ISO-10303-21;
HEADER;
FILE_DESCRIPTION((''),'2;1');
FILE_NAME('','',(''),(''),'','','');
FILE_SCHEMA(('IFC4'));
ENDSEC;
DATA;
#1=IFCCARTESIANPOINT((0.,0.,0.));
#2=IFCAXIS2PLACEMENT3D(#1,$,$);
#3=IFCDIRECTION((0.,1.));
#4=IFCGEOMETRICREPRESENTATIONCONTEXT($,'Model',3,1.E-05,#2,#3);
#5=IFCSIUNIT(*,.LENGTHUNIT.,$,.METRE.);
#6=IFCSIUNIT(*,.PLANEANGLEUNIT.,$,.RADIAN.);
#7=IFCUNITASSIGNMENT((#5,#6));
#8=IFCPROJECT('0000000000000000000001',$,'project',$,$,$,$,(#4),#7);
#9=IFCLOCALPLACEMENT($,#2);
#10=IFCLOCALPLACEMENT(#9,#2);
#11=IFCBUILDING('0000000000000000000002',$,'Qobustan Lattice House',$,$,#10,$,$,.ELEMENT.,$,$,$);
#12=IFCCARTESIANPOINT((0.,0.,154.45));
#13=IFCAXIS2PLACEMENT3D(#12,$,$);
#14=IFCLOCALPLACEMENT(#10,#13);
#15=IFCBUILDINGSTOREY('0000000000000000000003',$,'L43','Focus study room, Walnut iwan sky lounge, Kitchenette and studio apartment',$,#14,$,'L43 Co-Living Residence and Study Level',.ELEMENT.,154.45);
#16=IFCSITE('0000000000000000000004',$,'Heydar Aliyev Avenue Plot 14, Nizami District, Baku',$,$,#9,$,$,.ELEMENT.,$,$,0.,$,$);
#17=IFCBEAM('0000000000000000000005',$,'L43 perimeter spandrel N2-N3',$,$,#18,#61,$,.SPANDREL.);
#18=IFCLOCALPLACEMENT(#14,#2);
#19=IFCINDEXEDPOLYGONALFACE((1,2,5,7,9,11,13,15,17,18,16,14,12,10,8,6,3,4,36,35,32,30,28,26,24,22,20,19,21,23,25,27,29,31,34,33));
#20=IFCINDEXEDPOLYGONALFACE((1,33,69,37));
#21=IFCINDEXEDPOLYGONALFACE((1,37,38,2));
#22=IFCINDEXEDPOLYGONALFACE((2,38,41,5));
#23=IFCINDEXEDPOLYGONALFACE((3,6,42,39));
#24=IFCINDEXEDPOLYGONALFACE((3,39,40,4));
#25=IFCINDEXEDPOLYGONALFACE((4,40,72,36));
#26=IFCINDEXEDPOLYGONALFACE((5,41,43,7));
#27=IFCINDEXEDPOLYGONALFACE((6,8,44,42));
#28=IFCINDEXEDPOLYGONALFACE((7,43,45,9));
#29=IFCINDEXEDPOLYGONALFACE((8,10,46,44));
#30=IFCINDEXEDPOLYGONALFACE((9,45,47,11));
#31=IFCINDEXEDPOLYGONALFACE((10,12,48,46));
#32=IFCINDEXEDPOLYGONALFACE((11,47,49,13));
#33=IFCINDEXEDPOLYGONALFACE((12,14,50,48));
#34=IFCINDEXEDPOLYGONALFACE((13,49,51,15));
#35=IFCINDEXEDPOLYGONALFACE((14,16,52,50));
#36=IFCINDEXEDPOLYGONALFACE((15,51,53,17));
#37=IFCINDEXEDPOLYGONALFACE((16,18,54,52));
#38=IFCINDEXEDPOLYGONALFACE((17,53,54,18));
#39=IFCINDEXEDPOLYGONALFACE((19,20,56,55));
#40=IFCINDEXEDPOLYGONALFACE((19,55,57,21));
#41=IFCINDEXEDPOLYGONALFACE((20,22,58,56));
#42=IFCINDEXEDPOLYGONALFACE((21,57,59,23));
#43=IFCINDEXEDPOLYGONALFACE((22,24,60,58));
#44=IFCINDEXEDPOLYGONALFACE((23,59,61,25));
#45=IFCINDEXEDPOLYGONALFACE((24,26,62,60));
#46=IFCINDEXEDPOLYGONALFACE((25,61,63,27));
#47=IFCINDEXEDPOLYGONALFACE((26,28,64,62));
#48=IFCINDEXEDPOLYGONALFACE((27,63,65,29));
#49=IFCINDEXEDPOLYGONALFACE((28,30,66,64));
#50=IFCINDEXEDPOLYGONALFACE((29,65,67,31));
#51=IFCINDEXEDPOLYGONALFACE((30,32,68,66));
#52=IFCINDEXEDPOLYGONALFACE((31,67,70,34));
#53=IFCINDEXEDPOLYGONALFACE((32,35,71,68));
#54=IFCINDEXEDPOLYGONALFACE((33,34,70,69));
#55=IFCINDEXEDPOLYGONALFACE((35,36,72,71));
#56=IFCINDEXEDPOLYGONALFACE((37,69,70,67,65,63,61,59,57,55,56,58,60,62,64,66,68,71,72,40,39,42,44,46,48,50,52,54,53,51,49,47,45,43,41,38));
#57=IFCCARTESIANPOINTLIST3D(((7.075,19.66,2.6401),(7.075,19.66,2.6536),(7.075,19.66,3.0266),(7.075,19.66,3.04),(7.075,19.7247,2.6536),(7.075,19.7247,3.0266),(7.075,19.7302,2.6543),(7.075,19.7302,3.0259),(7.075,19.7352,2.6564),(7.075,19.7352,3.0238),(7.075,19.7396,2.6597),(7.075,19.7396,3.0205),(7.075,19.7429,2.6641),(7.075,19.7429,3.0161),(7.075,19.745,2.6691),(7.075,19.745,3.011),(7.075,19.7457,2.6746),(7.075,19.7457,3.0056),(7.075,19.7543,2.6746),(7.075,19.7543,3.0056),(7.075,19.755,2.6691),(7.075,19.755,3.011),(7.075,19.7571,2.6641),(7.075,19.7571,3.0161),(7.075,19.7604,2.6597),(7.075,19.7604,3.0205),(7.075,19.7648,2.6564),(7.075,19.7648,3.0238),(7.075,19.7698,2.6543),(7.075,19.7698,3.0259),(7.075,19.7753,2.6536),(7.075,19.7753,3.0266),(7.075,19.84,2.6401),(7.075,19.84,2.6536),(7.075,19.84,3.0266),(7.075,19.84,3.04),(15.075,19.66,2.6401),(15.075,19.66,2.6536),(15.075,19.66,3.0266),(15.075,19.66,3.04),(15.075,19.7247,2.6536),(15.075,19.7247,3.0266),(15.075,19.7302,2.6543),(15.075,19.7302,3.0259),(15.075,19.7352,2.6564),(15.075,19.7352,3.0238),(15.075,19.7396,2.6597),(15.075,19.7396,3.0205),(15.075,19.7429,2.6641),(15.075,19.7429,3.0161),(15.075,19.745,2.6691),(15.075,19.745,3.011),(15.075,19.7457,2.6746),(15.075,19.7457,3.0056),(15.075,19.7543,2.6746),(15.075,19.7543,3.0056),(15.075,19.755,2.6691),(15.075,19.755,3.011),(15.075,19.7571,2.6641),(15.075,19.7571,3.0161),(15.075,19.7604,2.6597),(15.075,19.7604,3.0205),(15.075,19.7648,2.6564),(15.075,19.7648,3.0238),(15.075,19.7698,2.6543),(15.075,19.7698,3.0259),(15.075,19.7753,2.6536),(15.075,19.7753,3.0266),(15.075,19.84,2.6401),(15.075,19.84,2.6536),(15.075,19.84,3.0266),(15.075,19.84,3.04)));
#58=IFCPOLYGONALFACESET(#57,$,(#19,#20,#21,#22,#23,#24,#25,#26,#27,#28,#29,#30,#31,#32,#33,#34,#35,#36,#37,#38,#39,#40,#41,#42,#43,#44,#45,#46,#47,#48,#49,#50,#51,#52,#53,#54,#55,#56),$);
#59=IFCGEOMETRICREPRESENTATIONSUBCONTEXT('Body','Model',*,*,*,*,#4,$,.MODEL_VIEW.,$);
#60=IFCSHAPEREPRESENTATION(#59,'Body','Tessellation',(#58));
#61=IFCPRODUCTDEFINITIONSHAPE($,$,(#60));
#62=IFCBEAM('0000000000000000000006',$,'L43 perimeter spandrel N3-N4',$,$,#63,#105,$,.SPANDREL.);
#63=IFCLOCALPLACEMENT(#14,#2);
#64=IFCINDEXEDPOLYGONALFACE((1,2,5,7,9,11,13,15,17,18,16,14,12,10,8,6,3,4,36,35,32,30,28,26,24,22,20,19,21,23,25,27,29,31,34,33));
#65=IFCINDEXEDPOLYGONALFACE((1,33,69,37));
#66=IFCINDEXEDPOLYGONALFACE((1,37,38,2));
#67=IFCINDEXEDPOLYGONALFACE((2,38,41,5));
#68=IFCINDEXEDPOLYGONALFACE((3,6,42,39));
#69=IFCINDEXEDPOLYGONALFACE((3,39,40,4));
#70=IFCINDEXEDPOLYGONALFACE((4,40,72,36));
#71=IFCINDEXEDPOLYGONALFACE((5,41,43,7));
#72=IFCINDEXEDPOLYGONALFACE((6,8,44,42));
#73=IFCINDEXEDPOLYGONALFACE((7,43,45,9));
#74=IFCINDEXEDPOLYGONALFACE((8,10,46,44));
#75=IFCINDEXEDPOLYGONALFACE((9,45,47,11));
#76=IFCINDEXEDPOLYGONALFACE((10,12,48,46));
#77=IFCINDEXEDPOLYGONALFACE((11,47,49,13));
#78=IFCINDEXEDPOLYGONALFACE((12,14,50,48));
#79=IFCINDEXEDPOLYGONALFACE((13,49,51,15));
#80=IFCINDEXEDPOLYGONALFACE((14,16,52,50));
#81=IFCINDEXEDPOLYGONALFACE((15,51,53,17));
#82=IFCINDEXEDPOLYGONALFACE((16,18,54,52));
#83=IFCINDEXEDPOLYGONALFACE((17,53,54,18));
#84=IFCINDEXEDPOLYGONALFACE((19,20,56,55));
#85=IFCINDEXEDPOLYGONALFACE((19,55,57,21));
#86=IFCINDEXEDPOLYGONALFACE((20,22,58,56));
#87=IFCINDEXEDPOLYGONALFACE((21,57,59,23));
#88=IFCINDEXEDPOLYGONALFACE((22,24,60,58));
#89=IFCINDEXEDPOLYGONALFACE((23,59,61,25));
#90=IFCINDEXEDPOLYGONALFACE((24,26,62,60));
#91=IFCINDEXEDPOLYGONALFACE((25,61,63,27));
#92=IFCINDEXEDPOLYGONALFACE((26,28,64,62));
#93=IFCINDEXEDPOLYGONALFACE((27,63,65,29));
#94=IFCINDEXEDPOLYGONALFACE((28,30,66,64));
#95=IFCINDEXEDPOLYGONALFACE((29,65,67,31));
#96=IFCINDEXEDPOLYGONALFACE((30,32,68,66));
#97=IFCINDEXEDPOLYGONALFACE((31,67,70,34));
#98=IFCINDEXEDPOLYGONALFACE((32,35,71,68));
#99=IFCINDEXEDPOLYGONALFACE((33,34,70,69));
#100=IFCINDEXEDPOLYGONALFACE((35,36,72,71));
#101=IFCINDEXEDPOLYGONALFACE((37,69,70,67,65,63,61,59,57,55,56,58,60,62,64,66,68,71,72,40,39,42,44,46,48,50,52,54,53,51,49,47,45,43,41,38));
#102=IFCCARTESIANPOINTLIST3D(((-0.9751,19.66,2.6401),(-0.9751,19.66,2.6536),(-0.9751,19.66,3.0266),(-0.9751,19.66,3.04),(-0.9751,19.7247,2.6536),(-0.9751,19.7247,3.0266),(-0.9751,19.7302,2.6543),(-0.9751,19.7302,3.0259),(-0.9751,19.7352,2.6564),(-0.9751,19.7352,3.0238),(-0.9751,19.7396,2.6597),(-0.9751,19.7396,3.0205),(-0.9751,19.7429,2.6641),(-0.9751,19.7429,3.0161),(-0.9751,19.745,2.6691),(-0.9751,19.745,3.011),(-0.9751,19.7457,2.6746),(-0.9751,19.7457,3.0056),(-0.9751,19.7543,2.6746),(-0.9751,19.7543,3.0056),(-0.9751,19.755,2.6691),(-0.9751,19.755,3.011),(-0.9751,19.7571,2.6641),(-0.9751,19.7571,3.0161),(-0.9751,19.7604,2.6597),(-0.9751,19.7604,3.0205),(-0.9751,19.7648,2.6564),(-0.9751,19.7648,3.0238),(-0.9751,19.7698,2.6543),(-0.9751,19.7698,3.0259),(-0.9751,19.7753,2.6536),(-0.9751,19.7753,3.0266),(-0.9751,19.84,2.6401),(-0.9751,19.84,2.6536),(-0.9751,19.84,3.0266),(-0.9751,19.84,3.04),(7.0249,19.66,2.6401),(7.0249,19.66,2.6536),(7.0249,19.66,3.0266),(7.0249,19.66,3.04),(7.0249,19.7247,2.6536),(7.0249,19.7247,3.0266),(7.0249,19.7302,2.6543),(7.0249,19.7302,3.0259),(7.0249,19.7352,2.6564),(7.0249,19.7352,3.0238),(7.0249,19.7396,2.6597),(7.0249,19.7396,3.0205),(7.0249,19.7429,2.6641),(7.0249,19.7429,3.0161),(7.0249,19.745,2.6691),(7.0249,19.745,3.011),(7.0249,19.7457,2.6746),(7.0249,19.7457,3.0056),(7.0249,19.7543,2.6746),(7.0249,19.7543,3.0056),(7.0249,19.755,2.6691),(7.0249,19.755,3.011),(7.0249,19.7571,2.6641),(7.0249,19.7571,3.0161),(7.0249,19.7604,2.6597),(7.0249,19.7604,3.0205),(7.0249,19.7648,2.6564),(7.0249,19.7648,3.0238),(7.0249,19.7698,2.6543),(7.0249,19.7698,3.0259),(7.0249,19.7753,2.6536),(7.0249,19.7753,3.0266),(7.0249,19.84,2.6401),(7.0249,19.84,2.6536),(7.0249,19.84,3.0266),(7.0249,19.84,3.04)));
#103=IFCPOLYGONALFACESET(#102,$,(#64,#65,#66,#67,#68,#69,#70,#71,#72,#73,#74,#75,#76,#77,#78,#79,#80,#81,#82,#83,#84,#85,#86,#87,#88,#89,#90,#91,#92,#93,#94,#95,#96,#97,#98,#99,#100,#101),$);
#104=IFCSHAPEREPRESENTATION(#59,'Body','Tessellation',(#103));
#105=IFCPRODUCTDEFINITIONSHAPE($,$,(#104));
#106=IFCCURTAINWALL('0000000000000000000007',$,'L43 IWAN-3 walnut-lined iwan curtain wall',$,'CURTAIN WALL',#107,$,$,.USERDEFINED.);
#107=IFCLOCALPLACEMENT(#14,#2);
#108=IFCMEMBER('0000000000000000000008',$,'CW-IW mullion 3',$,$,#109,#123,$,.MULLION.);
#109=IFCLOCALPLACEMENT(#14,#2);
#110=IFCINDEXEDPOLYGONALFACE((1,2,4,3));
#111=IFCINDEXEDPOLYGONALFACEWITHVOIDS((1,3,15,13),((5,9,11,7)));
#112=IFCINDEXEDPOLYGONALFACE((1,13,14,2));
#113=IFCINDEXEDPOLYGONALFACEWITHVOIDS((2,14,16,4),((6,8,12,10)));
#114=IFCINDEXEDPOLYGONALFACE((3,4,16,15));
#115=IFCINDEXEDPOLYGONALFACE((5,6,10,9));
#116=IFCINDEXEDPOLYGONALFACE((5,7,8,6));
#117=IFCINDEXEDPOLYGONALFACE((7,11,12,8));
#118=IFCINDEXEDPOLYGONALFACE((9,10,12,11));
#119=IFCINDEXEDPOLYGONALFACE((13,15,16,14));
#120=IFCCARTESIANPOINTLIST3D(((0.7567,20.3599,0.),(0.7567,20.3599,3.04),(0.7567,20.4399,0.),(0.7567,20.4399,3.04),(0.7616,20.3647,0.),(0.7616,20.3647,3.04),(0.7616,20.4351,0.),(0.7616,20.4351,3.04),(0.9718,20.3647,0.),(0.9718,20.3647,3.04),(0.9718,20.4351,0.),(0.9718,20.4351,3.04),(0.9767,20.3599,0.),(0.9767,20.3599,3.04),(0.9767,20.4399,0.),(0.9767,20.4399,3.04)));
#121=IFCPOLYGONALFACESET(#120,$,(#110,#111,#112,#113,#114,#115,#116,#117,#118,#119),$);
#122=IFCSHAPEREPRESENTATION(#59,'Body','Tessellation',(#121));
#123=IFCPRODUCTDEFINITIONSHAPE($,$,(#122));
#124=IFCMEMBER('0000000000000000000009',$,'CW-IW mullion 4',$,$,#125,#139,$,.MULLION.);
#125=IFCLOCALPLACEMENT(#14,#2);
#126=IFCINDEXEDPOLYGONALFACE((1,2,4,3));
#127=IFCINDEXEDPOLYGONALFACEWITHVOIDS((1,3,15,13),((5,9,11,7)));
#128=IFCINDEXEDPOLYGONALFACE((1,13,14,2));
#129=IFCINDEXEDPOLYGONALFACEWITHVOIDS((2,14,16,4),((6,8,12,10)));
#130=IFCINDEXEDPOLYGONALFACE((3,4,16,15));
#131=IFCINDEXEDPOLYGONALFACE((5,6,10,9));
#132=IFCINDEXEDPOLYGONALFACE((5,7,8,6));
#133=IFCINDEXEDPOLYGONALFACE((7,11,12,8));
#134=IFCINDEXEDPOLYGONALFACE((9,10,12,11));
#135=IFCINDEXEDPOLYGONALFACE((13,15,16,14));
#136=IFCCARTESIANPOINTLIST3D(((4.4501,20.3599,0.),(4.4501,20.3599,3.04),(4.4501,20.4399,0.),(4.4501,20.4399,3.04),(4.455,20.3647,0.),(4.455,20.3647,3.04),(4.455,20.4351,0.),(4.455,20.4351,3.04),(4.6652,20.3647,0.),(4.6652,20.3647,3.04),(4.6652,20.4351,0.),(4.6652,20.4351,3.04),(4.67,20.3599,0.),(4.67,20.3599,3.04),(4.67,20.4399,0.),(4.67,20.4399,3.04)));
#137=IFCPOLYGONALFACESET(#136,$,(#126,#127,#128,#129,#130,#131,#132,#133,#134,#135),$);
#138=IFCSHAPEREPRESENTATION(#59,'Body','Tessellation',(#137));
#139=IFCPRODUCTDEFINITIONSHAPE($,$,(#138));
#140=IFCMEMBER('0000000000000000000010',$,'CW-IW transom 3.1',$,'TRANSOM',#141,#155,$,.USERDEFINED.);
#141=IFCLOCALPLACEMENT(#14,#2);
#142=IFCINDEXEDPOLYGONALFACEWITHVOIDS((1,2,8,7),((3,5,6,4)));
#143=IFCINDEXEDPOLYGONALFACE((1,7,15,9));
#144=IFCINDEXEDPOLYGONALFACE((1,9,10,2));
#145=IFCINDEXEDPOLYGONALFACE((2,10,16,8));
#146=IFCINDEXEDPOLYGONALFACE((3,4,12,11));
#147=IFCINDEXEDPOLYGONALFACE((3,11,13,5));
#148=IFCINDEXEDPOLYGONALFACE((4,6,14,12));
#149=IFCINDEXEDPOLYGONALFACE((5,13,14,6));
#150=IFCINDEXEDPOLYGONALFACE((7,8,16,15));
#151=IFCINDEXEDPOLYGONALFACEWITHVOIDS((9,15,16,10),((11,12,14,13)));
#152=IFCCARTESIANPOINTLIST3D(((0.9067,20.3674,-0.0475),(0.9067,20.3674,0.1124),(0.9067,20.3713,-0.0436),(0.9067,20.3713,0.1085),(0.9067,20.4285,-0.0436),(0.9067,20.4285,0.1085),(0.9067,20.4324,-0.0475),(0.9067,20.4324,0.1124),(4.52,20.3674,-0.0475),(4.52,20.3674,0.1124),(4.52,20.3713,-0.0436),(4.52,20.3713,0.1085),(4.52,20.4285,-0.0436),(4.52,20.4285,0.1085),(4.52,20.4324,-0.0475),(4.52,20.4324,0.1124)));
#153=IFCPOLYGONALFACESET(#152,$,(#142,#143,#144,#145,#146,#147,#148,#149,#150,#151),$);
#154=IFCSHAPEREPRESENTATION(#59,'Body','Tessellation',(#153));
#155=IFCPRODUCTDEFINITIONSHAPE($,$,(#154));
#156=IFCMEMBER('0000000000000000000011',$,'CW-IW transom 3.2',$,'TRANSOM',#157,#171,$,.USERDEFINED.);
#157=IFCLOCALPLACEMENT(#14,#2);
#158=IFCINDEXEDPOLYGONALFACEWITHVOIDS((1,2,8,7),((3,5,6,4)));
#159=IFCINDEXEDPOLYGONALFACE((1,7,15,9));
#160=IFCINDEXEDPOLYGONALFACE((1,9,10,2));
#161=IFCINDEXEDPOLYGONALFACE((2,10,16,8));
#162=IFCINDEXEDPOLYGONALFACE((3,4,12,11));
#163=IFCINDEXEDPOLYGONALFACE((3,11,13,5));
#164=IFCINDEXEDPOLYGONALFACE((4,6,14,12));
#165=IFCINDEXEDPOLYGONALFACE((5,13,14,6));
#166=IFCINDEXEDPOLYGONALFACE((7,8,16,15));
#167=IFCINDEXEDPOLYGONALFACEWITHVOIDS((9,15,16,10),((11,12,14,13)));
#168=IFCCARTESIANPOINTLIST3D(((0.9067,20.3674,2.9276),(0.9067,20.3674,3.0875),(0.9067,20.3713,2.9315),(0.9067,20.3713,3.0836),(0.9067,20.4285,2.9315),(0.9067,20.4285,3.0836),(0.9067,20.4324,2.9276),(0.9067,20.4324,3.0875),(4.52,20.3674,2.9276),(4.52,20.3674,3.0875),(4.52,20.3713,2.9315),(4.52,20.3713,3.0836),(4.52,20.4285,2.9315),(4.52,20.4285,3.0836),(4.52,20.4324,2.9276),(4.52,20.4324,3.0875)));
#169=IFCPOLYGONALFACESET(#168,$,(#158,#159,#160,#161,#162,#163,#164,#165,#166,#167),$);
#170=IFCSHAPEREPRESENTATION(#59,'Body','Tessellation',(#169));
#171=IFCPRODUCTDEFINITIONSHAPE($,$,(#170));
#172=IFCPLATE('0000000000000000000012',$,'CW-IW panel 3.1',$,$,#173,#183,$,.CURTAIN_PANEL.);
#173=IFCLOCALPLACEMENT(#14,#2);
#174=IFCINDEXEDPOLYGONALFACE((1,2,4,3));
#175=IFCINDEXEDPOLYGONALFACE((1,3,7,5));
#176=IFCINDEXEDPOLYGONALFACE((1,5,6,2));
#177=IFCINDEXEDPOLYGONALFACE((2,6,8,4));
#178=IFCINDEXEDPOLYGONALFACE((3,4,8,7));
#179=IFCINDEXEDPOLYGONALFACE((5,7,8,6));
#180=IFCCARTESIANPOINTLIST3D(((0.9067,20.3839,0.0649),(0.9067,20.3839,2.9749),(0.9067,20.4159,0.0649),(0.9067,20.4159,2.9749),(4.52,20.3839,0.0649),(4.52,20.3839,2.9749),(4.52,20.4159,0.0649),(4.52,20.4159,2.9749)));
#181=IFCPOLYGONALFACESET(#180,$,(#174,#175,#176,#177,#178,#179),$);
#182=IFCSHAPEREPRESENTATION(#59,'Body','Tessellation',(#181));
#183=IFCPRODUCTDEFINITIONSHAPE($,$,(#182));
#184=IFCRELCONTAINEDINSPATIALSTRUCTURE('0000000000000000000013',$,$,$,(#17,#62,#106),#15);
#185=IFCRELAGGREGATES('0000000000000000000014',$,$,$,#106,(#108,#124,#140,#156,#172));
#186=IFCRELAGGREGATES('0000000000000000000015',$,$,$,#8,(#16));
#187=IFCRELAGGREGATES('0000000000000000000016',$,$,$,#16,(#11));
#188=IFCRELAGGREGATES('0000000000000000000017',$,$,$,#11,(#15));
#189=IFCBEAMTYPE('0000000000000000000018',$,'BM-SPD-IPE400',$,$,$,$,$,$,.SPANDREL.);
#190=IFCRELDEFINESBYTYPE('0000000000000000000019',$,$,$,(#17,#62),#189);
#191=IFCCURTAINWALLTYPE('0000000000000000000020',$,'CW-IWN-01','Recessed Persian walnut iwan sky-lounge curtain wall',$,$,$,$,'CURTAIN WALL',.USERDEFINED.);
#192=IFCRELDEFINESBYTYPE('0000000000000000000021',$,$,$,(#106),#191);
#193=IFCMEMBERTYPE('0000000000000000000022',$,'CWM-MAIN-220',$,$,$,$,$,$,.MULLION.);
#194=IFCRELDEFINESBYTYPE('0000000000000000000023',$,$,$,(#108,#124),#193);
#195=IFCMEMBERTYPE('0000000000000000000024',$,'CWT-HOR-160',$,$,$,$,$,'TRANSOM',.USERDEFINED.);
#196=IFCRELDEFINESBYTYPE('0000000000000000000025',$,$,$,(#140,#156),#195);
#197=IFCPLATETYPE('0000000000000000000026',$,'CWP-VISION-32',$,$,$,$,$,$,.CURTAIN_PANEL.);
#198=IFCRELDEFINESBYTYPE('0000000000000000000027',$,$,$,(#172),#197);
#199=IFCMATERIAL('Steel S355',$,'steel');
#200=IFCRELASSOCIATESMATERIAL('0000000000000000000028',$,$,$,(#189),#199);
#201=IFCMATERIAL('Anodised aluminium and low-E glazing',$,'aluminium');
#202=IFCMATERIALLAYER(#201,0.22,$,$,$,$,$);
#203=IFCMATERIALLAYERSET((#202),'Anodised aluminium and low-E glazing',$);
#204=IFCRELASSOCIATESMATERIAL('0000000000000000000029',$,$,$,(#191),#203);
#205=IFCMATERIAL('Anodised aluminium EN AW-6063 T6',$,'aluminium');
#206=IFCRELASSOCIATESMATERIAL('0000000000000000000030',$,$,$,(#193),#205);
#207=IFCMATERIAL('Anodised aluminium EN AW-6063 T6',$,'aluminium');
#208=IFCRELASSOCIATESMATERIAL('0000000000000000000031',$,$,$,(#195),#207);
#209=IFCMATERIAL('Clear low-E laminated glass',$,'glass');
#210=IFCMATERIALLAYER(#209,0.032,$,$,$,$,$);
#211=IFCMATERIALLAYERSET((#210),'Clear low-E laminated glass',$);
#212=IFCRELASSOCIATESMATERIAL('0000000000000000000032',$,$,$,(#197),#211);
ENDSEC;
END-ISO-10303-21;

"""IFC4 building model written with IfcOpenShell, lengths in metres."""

from ifc_helpers import new_model, si_unit, direction, frame, origin, origin_2d, place, context, subcontext, project, spatial, rectangle, hollow_rectangle, i_section, extrude, material, layer, layer_set, material_profile, profile_set, type_object, element, aggregate, save


model = new_model("IFC4")

# Units and contexts
model_context = context("Model", 3, precision=1e-05, world=origin(), true_north=direction((0.0, 1.0)))
body_context = subcontext(model_context, "Body", "Model", "MODEL_VIEW")
ifc_project = project(units=[si_unit("LENGTHUNIT", "METRE"), si_unit("PLANEANGLEUNIT", "RADIAN")], contexts=[model_context])

# Site, building, storey
site_placement = place(None, origin())
site = spatial("IfcSite", under=ifc_project, at=site_placement, Name="Heydar Aliyev Avenue Plot 14, Nizami District, Baku", CompositionType="ELEMENT", RefElevation=0.0)
building_placement = place(site_placement, origin())
building = spatial("IfcBuilding", under=site, at=building_placement, Name="Qobustan Lattice House", CompositionType="ELEMENT")
storey_placement = place(building_placement, frame((0.0, 0.0, 154.45)))
storey = spatial("IfcBuildingStorey", under=building, at=storey_placement, Name="L43", Description="Focus study room, Walnut iwan sky lounge, Kitchenette and studio apartment", LongName="L43 Co-Living Residence and Study Level", CompositionType="ELEMENT", Elevation=154.45)

# Beams
ifc_material_1 = material(Name="Steel S355", Category="steel")
ifc_material_profile_1 = material_profile(ifc_material_1, i_section(OverallWidth=0.1799, OverallDepth=0.3999, WebThickness=0.0085, FlangeThickness=0.0134, FilletRadius=0.021, at=origin_2d()), Name="IPE400")
ifc_profile_set_1 = profile_set([ifc_material_profile_1], Name="Steel S355")
beam_type_1 = type_object("IfcBeamType", Name="BM-SPD-IPE400", PredefinedType="SPANDREL", material=ifc_profile_set_1)
for number, where, z_axis, x_axis, name in (
    (1, (15.075, 19.75, 2.8401), (-1.0, 0.0, 0.0), (0.0, -1.0, 0.0), "L43 perimeter spandrel N2-N3"),
    (2, (7.0249, 19.75, 2.8401), (-1.0, 0.0, 0.0), (0.0, -1.0, 0.0), "L43 perimeter spandrel N3-N4"),
):
    element("IfcBeam", number, at=place(storey_placement, frame(where, z_axis=z_axis, x_axis=x_axis)), inside=storey, type_object=beam_type_1, Name=name, PredefinedType="SPANDREL", context=body_context, shape_type="SweptSolid", body=[
        extrude(i_section(OverallWidth=0.1799, OverallDepth=0.3999, WebThickness=0.0085, FlangeThickness=0.0134, FilletRadius=0.021, at=origin_2d()), origin(), (0.0, 0.0, 1.0), 8.0),
    ])

# Curtain wall, members, plate
ifc_material_2 = material(Name="Anodised aluminium and low-E glazing", Category="aluminium")
ifc_layer_1 = layer(ifc_material_2, 0.22)
ifc_layer_set_1 = layer_set([ifc_layer_1], Name="Anodised aluminium and low-E glazing")
curtain_wall_type = type_object("IfcCurtainWallType", Name="CW-IWN-01", Description="Recessed Persian walnut iwan sky-lounge curtain wall", ElementType="CURTAIN WALL", PredefinedType="USERDEFINED", material=ifc_layer_set_1)
curtain_wall_placement = place(storey_placement, origin())
curtain_wall = element("IfcCurtainWall", 3, at=curtain_wall_placement, inside=storey, type_object=curtain_wall_type, Name="L43 IWAN-3 walnut-lined iwan curtain wall", ObjectType="CURTAIN WALL", PredefinedType="USERDEFINED")
ifc_material_3 = material(Name="Anodised aluminium EN AW-6063 T6", Category="aluminium")
ifc_material_profile_2 = material_profile(ifc_material_3, hollow_rectangle(XDim=0.0801, YDim=0.22, WallThickness=0.0049, at=origin_2d()), Name="CWM-220x80")
ifc_profile_set_2 = profile_set([ifc_material_profile_2], Name="Anodised aluminium EN AW-6063 T6")
member_type_1 = type_object("IfcMemberType", Name="CWM-MAIN-220", PredefinedType="MULLION", material=ifc_profile_set_2)
member_1_placement = place(storey_placement, frame((0.8667, 20.3999, 0.0), z_axis=(0.0, 0.0, 1.0), x_axis=(0.0, 1.0, 0.0)))
member_1 = element("IfcMember", 4, at=member_1_placement, type_object=member_type_1, Name="CW-IW mullion 3", PredefinedType="MULLION", context=body_context, shape_type="SweptSolid", body=[
    extrude(hollow_rectangle(XDim=0.0801, YDim=0.22, WallThickness=0.0049, at=origin_2d()), origin(), (0.0, 0.0, 1.0), 3.04),
])
member_2_placement = place(storey_placement, frame((4.5601, 20.3999, 0.0), z_axis=(0.0, 0.0, 1.0), x_axis=(0.0, 1.0, 0.0)))
member_2 = element("IfcMember", 5, at=member_2_placement, type_object=member_type_1, Name="CW-IW mullion 4", PredefinedType="MULLION", context=body_context, shape_type="SweptSolid", body=[
    extrude(hollow_rectangle(XDim=0.0801, YDim=0.22, WallThickness=0.0049, at=origin_2d()), origin(), (0.0, 0.0, 1.0), 3.04),
])
ifc_material_4 = material(Name="Anodised aluminium EN AW-6063 T6", Category="aluminium")
ifc_material_profile_3 = material_profile(ifc_material_4, hollow_rectangle(XDim=0.0649, YDim=0.1599, WallThickness=0.0039, at=origin_2d()), Name="CWT-160x65")
ifc_profile_set_3 = profile_set([ifc_material_profile_3], Name="Anodised aluminium EN AW-6063 T6")
member_type_2 = type_object("IfcMemberType", Name="CWT-HOR-160", ElementType="TRANSOM", PredefinedType="USERDEFINED", material=ifc_profile_set_3)
member_3_placement = place(storey_placement, frame((0.9067, 20.3999, 0.0325), z_axis=(1.0, 0.0, 0.0), x_axis=(0.0, 1.0, 0.0)))
member_3 = element("IfcMember", 6, at=member_3_placement, type_object=member_type_2, Name="CW-IW transom 3.1", ObjectType="TRANSOM", PredefinedType="USERDEFINED", context=body_context, shape_type="SweptSolid", body=[
    extrude(hollow_rectangle(XDim=0.0649, YDim=0.1599, WallThickness=0.0039, at=origin_2d()), origin(), (0.0, 0.0, 1.0), 3.6133),
])
member_4_placement = place(storey_placement, frame((0.9067, 20.3999, 3.0076), z_axis=(1.0, 0.0, 0.0), x_axis=(0.0, 1.0, 0.0)))
member_4 = element("IfcMember", 7, at=member_4_placement, type_object=member_type_2, Name="CW-IW transom 3.2", ObjectType="TRANSOM", PredefinedType="USERDEFINED", context=body_context, shape_type="SweptSolid", body=[
    extrude(hollow_rectangle(XDim=0.0649, YDim=0.1599, WallThickness=0.0039, at=origin_2d()), origin(), (0.0, 0.0, 1.0), 3.6133),
])
ifc_material_5 = material(Name="Clear low-E laminated glass", Category="glass")
ifc_layer_2 = layer(ifc_material_5, 0.032)
ifc_layer_set_2 = layer_set([ifc_layer_2], Name="Clear low-E laminated glass")
plate_type_1 = type_object("IfcPlateType", Name="CWP-VISION-32", PredefinedType="CURTAIN_PANEL", material=ifc_layer_set_2)
plate_1_placement = place(storey_placement, frame((2.7134, 20.3999, 0.0649), z_axis=(0.0, 0.0, 1.0), x_axis=(1.0, 0.0, 0.0)))
plate_1 = element("IfcPlate", 8, at=plate_1_placement, type_object=plate_type_1, Name="CW-IW panel 3.1", PredefinedType="CURTAIN_PANEL", context=body_context, shape_type="SweptSolid", body=[
    extrude(rectangle(XDim=3.6133, YDim=0.032, at=origin_2d()), origin(), (0.0, 0.0, 1.0), 2.9099),
])
aggregate(curtain_wall, [member_1, member_2, member_3, member_4, plate_1])

save(model, "model.ifc")
